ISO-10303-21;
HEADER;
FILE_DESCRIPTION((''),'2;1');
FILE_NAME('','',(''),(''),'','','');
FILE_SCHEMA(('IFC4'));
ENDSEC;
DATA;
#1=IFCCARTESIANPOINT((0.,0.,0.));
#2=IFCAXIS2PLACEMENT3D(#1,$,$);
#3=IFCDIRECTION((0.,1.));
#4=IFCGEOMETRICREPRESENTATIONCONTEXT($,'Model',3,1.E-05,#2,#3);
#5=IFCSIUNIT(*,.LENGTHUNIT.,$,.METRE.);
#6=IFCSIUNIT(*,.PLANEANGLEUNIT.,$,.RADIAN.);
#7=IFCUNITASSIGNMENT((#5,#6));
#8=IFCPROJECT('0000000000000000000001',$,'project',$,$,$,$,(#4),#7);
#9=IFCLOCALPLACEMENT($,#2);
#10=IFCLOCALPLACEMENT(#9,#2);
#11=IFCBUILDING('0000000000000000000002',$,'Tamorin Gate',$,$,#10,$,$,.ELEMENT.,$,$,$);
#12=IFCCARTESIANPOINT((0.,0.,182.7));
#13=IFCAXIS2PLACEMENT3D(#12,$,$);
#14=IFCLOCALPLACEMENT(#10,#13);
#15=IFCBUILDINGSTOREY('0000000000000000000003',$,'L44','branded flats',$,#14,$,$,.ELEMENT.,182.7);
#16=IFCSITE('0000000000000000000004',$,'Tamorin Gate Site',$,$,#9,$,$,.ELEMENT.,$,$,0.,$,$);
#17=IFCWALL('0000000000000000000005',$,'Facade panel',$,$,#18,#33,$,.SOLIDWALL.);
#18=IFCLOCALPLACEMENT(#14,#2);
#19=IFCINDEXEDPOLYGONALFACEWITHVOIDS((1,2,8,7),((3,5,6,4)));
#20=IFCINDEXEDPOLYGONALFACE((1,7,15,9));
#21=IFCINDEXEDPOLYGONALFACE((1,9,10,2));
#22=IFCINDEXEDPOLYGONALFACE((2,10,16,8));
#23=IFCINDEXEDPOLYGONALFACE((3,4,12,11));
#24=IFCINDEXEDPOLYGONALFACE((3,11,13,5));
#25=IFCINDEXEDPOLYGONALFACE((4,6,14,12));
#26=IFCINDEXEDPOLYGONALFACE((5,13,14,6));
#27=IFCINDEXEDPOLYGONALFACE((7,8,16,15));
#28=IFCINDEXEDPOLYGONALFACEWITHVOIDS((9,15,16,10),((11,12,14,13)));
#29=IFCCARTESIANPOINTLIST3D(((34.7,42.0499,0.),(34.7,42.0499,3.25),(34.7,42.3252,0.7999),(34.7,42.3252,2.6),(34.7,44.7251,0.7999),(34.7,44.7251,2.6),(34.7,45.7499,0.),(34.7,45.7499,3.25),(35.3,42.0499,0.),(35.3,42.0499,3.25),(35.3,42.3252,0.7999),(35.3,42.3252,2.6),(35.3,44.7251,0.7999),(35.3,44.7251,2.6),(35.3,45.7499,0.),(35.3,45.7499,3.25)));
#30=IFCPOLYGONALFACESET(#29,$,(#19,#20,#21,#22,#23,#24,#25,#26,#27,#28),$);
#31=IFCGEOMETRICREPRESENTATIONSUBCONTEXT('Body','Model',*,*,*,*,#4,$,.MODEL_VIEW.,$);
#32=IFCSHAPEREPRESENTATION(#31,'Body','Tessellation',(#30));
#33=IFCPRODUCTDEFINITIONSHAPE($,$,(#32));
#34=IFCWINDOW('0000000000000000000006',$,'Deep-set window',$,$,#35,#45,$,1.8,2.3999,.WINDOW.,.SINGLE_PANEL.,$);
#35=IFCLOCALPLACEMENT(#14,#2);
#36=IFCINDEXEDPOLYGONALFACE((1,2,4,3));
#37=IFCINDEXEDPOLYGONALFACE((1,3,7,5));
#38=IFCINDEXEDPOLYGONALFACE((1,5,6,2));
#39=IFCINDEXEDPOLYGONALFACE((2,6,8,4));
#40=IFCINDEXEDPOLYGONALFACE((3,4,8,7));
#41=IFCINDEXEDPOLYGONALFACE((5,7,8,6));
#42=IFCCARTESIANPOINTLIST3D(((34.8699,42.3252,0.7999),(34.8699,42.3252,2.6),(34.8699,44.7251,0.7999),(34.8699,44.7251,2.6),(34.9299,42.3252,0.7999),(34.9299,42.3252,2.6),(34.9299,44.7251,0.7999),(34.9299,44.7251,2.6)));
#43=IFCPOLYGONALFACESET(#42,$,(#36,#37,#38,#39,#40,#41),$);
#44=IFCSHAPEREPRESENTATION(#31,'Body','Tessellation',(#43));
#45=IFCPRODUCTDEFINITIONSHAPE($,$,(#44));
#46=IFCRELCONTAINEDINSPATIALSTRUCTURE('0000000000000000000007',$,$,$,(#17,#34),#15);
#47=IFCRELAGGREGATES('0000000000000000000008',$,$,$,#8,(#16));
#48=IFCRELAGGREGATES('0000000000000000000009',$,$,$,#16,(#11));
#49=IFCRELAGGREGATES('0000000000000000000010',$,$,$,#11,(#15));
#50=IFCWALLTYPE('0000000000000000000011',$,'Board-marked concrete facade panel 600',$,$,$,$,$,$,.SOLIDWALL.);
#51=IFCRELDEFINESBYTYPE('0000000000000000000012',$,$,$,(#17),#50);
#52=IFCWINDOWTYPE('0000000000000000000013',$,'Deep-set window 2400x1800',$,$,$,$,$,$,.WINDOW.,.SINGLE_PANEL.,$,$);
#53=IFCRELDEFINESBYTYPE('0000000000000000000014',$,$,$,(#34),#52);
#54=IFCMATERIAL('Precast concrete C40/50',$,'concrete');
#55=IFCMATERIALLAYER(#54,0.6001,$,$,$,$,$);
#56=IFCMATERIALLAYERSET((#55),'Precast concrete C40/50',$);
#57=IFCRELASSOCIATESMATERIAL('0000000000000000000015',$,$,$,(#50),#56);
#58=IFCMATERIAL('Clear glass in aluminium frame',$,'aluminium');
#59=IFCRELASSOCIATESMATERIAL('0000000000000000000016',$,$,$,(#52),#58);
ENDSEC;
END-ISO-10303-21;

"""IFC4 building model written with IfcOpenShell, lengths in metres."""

from ifc_helpers import new_model, si_unit, direction, frame, frame_2d, origin, place, context, subcontext, project, spatial, rectangle, extrude, material, layer, layer_set, type_object, element, fill, save


model = new_model("IFC4")

# Units and contexts
model_context = context("Model", 3, precision=1e-05, world=origin(), true_north=direction((0.0, 1.0)))
body_context = subcontext(model_context, "Body", "Model", "MODEL_VIEW")
ifc_project = project(units=[si_unit("LENGTHUNIT", "METRE"), si_unit("PLANEANGLEUNIT", "RADIAN")], contexts=[model_context])

# Site, building, storey
site_placement = place(None, origin())
site = spatial("IfcSite", under=ifc_project, at=site_placement, Name="Tamorin Gate Site", CompositionType="ELEMENT", RefElevation=0.0)
building_placement = place(site_placement, origin())
building = spatial("IfcBuilding", under=site, at=building_placement, Name="Tamorin Gate", CompositionType="ELEMENT")
storey_placement = place(building_placement, frame((0.0, 0.0, 182.7)))
storey = spatial("IfcBuildingStorey", under=building, at=storey_placement, Name="L44", Description="branded flats", CompositionType="ELEMENT", Elevation=182.7)

# Shared definitions
ifc_material_1 = material(Name="Precast concrete C40/50", Category="concrete")
ifc_layer_1 = layer(ifc_material_1, 0.6001)
ifc_layer_set_1 = layer_set([ifc_layer_1], Name="Precast concrete C40/50")
wall_type = type_object("IfcWallType", Name="Board-marked concrete facade panel 600", PredefinedType="SOLIDWALL", material=ifc_layer_set_1)

# Shared definitions
ifc_material_2 = material(Name="Clear glass in aluminium frame", Category="aluminium")
window_type_1 = type_object("IfcWindowType", Name="Deep-set window 2400x1800", PartitioningType="SINGLE_PANEL", PredefinedType="WINDOW", material=ifc_material_2)

# Wall, opening, window
wall_1_placement = place(storey_placement, frame((35.0, 45.75, 0.0), z_axis=(0.0, 0.0, 1.0), x_axis=(0.0, -1.0, 0.0)))
wall_1 = element("IfcWall", 1, at=wall_1_placement, inside=storey, type_object=wall_type, Name="Facade panel", PredefinedType="SOLIDWALL", context=body_context, shape_type="SweptSolid", body=[
    extrude(rectangle(XDim=3.7, YDim=0.6001, at=frame_2d((1.8501, 0.0))), origin(), (0.0, 0.0, 1.0), 3.25),
])
opening_1_placement = place(wall_1_placement, frame((1.0249, 0.0, 0.8)))
opening_1 = element("IfcOpeningElement", 2, at=opening_1_placement, cuts=wall_1, PredefinedType="OPENING", context=body_context, shape_type="SweptSolid", body=[
    extrude(rectangle(XDim=2.3999, YDim=1.8, at=frame_2d((1.2, 0.8999))), frame((0.0, 0.3101, 0.0), z_axis=(0.0, -1.0, 0.0), x_axis=(1.0, 0.0, 0.0)), (0.0, 0.0, 1.0), 0.6201),
])
window_1_placement = place(opening_1_placement, origin())
window_1 = element("IfcWindow", 3, at=window_1_placement, inside=storey, type_object=window_type_1, Name="Deep-set window", OverallHeight=1.8, OverallWidth=2.3999, PartitioningType="SINGLE_PANEL", PredefinedType="WINDOW", context=body_context, shape_type="SweptSolid", body=[
    extrude(rectangle(XDim=2.3999, YDim=1.8, at=frame_2d((1.2, 0.8999))), frame((0.0, -0.0701, 0.0), z_axis=(0.0, -1.0, 0.0), x_axis=(1.0, 0.0, 0.0)), (0.0, 0.0, 1.0), 0.0601),
])
fill(opening_1, window_1)

save(model, "model.ifc")
